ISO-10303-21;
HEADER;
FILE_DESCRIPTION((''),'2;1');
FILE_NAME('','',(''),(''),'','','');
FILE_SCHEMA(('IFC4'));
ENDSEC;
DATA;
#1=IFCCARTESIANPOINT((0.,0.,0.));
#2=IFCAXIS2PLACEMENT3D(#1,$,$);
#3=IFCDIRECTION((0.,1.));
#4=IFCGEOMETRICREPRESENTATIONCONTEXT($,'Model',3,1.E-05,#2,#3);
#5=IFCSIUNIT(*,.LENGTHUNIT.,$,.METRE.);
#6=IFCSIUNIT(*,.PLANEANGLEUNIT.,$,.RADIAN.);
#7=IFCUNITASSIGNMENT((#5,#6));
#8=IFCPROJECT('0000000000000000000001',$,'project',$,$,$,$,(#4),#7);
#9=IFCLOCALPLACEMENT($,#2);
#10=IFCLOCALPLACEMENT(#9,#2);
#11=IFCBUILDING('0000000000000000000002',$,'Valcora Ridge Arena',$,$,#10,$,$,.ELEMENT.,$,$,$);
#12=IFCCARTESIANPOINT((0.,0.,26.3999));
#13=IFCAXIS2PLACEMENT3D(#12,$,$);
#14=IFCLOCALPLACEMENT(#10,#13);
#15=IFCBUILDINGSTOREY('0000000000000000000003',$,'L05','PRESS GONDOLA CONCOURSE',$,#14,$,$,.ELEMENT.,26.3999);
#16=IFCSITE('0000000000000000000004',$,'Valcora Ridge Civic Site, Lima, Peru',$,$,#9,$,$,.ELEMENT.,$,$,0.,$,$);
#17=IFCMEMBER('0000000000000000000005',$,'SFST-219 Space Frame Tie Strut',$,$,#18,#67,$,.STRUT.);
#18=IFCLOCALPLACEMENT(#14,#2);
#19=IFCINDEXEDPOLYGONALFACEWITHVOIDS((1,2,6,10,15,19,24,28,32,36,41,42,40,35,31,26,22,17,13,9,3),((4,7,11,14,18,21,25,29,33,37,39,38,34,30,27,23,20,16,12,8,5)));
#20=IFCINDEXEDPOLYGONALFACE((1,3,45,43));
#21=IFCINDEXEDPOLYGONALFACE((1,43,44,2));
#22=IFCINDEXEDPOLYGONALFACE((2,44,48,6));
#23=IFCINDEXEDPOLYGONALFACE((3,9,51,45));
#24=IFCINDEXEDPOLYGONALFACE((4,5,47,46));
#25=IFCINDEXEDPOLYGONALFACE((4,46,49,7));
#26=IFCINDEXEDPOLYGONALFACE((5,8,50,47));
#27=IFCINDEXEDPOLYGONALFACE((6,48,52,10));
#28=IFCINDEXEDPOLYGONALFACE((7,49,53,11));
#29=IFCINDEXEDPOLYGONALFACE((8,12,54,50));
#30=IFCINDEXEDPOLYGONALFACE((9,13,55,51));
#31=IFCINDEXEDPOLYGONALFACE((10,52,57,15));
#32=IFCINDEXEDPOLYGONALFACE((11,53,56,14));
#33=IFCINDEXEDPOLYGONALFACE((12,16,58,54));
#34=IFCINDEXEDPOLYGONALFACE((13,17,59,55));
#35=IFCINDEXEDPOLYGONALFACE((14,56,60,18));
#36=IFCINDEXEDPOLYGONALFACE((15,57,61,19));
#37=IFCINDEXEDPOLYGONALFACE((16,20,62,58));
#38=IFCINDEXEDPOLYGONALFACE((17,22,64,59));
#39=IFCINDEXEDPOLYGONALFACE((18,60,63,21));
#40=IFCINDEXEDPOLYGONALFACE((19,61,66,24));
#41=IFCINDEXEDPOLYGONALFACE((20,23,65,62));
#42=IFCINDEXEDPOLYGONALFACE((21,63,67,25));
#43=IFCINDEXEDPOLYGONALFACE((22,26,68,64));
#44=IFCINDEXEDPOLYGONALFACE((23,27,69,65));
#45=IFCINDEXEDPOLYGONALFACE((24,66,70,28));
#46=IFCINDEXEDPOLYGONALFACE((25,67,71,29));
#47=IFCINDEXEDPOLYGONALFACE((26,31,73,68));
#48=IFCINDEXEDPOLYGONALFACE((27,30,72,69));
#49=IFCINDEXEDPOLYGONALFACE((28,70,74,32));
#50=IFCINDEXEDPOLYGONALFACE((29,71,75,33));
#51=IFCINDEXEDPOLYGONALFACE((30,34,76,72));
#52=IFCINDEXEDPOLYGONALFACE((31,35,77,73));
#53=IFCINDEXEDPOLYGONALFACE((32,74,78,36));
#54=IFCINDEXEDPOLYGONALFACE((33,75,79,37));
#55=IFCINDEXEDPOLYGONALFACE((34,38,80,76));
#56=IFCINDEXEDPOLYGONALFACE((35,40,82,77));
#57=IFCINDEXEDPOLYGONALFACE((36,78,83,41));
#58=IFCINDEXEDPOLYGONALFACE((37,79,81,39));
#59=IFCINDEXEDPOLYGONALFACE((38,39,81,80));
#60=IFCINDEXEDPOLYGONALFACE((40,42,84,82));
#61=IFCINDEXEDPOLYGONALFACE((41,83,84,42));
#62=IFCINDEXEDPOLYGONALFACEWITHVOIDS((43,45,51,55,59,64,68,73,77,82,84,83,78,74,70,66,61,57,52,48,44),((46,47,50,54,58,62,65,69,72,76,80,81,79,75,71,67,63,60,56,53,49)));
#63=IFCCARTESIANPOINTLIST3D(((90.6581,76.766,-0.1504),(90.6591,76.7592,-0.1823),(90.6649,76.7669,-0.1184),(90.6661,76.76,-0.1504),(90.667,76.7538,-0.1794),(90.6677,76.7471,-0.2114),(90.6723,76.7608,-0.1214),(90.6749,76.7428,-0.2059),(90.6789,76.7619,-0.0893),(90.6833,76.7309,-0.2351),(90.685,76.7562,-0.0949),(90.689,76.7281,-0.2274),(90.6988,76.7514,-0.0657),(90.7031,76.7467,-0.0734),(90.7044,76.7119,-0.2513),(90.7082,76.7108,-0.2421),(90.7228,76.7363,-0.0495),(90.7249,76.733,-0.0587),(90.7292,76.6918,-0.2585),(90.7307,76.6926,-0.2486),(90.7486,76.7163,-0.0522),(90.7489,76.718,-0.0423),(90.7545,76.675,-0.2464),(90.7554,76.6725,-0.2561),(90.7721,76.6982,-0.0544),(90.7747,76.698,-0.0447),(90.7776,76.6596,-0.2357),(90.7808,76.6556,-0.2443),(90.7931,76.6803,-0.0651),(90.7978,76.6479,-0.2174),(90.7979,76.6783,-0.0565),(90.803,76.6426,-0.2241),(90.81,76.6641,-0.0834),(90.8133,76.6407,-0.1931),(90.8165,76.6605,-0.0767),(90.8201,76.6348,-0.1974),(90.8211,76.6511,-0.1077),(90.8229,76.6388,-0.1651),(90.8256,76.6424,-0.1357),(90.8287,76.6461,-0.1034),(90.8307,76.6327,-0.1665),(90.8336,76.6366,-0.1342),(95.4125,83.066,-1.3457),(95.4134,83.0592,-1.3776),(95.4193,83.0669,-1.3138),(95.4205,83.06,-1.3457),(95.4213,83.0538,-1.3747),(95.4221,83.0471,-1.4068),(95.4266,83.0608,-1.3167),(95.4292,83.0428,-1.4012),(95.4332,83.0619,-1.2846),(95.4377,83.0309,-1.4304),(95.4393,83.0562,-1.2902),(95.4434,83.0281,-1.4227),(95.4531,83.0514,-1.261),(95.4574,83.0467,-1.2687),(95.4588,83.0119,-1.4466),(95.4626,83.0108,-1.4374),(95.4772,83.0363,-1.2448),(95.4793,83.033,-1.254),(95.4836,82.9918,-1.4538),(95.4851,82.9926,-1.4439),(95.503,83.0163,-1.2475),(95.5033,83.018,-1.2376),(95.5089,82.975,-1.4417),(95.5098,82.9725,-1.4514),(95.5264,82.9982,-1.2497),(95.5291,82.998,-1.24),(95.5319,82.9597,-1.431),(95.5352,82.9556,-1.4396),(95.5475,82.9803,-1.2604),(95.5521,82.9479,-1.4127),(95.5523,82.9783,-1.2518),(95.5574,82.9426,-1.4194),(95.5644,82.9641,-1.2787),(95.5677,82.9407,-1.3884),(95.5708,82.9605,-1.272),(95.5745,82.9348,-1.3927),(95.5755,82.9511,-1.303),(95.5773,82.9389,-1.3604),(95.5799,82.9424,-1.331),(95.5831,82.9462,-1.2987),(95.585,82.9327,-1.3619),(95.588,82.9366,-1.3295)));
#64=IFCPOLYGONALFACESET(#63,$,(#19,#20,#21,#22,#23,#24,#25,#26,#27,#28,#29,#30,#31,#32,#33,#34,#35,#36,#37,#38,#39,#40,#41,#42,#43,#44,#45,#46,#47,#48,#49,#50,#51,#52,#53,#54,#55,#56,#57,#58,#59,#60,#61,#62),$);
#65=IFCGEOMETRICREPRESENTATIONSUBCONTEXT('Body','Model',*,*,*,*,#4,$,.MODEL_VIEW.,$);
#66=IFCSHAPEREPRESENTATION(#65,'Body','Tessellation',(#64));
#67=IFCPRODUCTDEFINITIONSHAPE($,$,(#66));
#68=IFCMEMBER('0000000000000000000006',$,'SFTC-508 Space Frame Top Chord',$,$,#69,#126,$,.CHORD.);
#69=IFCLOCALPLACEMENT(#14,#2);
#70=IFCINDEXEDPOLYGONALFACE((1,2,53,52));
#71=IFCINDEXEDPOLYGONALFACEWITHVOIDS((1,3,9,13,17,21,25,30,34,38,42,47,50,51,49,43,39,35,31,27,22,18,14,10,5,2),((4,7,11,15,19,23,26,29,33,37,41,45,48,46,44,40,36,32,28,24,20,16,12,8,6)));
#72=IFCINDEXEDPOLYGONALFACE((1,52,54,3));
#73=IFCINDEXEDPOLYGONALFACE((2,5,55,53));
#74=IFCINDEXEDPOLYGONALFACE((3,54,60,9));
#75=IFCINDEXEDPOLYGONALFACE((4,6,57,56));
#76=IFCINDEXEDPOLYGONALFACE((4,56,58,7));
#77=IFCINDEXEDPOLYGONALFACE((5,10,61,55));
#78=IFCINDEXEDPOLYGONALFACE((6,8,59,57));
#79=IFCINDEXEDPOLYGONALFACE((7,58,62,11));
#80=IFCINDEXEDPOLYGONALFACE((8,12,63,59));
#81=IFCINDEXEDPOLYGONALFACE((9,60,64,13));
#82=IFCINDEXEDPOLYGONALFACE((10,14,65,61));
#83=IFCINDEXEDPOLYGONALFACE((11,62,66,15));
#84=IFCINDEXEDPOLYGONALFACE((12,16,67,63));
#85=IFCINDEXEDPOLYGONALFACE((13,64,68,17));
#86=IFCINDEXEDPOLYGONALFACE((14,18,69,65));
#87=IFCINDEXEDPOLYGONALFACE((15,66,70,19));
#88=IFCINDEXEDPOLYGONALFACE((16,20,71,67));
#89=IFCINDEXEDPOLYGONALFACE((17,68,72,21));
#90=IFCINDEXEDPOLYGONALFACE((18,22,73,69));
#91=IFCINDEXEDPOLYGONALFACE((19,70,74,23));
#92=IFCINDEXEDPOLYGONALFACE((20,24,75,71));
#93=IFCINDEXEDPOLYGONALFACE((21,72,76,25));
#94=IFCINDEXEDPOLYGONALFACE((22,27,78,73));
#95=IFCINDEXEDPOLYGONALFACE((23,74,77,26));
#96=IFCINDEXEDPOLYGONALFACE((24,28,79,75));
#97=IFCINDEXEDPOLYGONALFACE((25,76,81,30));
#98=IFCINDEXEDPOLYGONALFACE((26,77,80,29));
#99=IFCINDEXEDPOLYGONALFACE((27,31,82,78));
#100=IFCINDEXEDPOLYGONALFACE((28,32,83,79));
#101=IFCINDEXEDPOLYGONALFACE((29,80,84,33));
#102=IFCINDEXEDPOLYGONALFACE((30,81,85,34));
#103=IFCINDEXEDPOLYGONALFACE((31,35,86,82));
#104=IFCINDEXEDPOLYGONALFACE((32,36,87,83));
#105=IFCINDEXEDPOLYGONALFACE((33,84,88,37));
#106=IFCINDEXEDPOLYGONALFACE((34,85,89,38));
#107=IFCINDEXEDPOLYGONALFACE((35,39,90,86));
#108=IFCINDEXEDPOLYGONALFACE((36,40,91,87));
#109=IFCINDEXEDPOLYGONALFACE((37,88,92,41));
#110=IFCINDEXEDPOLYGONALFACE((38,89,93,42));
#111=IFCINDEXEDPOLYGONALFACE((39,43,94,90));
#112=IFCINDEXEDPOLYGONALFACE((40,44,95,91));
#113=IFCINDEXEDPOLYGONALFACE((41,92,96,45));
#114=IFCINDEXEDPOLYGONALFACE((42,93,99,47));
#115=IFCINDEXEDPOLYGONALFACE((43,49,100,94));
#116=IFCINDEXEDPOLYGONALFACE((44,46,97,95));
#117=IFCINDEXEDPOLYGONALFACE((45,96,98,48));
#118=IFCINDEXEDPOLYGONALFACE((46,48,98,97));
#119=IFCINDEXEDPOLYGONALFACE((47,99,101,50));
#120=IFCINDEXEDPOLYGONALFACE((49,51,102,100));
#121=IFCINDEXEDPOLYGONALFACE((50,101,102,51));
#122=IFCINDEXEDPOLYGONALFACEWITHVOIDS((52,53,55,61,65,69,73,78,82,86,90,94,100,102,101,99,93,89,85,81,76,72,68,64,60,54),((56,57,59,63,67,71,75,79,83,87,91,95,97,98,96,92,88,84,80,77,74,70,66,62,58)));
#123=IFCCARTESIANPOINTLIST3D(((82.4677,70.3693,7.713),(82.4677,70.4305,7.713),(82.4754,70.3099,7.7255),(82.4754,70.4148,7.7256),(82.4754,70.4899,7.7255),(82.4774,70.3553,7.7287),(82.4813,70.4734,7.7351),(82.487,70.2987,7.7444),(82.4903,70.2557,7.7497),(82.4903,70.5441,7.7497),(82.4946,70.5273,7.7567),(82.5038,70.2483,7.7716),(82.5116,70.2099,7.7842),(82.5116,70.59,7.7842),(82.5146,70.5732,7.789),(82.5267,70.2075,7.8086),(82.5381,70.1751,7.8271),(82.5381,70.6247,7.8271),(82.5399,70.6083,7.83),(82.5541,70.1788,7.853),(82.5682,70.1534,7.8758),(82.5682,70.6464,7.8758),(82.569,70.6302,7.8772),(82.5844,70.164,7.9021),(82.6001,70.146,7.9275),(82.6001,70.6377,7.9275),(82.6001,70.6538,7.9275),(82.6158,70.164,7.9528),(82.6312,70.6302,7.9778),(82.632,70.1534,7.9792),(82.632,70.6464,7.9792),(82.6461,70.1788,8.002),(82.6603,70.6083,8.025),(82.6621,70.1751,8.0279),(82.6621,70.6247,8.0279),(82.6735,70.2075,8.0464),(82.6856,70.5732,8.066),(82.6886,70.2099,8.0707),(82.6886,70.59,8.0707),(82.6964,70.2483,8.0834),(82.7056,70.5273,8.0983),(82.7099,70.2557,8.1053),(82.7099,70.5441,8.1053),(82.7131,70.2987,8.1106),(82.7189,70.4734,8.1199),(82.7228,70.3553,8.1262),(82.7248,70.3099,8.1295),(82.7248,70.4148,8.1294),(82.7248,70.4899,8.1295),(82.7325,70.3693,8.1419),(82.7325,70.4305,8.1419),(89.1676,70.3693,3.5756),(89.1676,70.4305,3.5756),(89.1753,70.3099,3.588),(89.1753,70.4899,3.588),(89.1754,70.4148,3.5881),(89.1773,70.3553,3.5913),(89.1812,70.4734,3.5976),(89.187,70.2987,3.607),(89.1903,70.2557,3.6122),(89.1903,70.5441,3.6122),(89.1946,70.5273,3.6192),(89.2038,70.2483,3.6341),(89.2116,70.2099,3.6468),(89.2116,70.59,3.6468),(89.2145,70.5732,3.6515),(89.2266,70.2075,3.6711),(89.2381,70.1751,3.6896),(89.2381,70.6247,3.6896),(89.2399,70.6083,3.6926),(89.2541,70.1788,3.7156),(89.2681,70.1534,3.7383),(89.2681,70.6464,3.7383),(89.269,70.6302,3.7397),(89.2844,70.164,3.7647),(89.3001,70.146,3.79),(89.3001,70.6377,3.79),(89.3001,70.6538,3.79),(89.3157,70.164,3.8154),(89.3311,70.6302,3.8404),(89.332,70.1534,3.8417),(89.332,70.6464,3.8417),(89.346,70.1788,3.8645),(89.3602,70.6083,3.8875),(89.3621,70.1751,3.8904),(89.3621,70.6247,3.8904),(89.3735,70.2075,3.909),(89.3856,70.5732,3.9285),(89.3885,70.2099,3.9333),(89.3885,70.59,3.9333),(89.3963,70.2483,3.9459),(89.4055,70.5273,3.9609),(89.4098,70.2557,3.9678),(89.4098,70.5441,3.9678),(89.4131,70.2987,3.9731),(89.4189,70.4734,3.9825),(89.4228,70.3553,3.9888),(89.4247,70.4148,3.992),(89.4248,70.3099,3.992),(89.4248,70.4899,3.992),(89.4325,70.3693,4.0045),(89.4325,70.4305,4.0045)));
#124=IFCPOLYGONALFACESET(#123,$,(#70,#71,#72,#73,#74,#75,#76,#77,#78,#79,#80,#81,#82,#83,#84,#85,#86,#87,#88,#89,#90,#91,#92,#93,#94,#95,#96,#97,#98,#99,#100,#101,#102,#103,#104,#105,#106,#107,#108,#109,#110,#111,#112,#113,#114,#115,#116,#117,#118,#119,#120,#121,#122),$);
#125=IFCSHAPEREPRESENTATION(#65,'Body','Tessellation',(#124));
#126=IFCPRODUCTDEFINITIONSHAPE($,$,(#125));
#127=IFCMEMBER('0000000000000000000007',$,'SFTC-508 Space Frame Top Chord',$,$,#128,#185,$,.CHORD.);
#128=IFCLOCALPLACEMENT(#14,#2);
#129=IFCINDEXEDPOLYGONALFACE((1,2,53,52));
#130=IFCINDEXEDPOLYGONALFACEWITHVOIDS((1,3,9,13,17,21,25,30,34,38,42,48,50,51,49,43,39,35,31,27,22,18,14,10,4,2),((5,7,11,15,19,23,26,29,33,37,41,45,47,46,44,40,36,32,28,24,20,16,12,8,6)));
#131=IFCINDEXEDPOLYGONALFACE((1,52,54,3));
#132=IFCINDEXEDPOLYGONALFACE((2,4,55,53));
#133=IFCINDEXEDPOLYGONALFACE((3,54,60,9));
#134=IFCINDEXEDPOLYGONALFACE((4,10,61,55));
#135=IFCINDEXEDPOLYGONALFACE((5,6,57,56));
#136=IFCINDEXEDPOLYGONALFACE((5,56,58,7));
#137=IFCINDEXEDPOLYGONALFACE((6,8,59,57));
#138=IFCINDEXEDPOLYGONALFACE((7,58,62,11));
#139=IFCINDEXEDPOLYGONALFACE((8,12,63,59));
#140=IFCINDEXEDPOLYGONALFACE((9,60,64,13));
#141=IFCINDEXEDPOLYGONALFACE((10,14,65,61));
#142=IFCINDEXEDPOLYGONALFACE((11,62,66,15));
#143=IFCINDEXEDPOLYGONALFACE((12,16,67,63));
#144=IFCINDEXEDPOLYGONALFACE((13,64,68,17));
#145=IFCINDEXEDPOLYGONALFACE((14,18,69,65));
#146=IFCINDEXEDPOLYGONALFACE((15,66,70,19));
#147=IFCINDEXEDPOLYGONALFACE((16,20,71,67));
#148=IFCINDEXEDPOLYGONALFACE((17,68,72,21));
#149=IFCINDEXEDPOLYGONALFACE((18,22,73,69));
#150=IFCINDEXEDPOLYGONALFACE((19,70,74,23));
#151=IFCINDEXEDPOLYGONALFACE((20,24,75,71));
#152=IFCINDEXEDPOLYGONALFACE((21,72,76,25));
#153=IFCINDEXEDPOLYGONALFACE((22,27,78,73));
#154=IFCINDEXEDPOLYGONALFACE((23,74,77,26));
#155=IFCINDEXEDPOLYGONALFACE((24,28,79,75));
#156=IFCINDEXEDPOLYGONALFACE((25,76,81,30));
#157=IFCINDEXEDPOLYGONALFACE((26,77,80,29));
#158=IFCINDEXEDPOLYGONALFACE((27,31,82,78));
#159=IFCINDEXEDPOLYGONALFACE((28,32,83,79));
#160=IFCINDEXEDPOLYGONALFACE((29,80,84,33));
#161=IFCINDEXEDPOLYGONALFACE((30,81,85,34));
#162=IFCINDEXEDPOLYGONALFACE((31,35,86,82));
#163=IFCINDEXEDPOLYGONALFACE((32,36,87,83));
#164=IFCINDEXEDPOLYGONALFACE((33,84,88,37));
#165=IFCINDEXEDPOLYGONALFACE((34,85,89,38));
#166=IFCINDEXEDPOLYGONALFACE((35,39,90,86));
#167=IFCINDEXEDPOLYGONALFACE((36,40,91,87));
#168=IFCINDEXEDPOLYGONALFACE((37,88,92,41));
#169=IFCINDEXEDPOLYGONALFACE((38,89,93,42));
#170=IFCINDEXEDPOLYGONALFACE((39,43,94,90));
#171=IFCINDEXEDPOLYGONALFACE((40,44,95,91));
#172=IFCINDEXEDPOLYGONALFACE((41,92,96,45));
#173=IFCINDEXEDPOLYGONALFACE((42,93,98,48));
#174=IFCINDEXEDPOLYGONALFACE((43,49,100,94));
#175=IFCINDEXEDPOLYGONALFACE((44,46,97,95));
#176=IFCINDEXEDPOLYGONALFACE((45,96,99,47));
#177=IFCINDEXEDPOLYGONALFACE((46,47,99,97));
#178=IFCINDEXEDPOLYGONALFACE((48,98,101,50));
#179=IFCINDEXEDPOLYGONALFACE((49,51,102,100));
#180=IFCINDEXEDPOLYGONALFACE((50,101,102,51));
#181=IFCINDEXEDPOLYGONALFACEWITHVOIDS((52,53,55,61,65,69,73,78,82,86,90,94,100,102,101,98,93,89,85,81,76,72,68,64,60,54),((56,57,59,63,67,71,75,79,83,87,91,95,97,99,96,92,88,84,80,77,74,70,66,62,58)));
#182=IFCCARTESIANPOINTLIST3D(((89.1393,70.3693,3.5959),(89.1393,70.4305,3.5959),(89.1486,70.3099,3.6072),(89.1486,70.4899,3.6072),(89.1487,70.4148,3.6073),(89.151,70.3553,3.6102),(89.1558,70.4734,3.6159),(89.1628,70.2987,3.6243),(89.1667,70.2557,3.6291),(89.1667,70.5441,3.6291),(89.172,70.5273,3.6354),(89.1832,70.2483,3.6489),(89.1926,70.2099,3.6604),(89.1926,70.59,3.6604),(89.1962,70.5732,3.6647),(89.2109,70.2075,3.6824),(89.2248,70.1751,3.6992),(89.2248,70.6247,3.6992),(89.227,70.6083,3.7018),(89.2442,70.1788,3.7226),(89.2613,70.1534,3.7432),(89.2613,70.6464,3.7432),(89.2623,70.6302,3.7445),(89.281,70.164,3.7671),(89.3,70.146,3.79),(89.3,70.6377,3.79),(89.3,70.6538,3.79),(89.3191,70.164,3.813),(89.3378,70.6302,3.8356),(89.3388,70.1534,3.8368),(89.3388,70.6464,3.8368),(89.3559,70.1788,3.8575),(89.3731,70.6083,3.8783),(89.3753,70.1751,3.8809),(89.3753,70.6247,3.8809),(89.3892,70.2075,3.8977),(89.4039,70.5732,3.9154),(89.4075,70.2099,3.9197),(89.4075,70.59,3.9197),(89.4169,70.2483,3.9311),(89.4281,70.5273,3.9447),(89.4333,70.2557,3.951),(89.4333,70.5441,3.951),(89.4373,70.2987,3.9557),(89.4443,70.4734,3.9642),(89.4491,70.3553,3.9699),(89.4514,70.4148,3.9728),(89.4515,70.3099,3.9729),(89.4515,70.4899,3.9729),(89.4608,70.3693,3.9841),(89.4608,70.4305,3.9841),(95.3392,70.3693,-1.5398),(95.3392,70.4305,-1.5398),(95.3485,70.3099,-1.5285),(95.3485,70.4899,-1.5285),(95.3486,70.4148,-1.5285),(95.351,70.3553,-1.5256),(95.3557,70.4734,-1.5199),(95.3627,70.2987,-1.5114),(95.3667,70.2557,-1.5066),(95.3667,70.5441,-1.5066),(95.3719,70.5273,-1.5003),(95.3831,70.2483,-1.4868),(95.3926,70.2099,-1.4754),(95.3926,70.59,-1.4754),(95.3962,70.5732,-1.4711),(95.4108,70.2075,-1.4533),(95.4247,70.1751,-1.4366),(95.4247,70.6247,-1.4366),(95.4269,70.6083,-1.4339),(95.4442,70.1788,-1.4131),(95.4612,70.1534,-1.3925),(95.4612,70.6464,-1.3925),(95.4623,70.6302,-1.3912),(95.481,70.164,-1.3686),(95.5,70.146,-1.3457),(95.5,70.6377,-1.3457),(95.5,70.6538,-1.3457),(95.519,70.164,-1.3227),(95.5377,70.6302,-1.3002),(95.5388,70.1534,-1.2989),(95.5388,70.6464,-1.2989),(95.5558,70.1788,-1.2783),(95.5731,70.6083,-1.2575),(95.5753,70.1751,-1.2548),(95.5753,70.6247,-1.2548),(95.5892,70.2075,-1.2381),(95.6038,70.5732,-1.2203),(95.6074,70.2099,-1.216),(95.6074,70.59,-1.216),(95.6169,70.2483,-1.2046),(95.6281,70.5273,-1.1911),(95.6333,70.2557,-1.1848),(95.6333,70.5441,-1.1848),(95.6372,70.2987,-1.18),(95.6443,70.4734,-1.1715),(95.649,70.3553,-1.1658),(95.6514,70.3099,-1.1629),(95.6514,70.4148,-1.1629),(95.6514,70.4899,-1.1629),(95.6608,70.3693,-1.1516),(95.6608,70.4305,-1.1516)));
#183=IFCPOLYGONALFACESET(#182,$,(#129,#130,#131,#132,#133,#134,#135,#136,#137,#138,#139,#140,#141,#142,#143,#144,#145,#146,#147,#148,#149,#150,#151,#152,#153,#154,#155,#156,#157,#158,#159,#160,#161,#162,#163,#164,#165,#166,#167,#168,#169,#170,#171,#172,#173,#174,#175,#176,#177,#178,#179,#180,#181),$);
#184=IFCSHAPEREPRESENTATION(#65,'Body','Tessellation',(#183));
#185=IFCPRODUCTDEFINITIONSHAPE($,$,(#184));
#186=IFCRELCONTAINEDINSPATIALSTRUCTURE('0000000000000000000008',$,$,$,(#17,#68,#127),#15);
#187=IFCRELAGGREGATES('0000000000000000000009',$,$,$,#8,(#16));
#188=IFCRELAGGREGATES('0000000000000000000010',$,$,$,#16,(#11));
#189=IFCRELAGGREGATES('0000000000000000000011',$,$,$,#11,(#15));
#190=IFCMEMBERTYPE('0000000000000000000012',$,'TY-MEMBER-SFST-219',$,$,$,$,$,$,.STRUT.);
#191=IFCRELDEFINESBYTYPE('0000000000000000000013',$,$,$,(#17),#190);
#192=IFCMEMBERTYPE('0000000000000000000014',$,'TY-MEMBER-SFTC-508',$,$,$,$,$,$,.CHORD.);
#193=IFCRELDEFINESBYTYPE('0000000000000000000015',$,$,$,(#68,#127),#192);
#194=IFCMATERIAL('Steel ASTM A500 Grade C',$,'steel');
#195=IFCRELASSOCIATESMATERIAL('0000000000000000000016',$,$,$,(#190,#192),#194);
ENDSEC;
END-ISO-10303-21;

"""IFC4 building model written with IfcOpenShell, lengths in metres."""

from ifc_helpers import new_model, si_unit, direction, frame, origin, origin_2d, place, context, subcontext, project, spatial, hollow_circle, extrude, material, material_profile, profile_set, type_object, element, save


model = new_model("IFC4")

# Units and contexts
model_context = context("Model", 3, precision=1e-05, world=origin(), true_north=direction((0.0, 1.0)))
body_context = subcontext(model_context, "Body", "Model", "MODEL_VIEW")
ifc_project = project(units=[si_unit("LENGTHUNIT", "METRE"), si_unit("PLANEANGLEUNIT", "RADIAN")], contexts=[model_context])

# Site, building, storey
site_placement = place(None, origin())
site = spatial("IfcSite", under=ifc_project, at=site_placement, Name="Valcora Ridge Civic Site, Lima, Peru", CompositionType="ELEMENT", RefElevation=0.0)
building_placement = place(site_placement, origin())
building = spatial("IfcBuilding", under=site, at=building_placement, Name="Valcora Ridge Arena", CompositionType="ELEMENT")
storey_placement = place(building_placement, frame((0.0, 0.0, 26.3999)))
storey = spatial("IfcBuildingStorey", under=building, at=storey_placement, Name="L05", Description="PRESS GONDOLA CONCOURSE", CompositionType="ELEMENT", Elevation=26.3999)

# Members
ifc_material_1 = material(Name="Steel ASTM A500 Grade C", Category="steel")
ifc_material_profile_1 = material_profile(ifc_material_1, hollow_circle(Radius=0.1096, WallThickness=0.01, at=origin_2d()), Name="CHS219X10")
ifc_profile_set_1 = profile_set([ifc_material_profile_1], Name="Steel ASTM A500 Grade C")
member_type_1 = type_object("IfcMemberType", Name="TY-MEMBER-SFST-219", PredefinedType="STRUT", material=ifc_profile_set_1)
member_1_placement = place(storey_placement, frame((90.7456, 76.7, -0.1504), z_axis=(0.595587, 0.789212, -0.149738), x_axis=(-0.798211, 0.602378, 0.0)))
element("IfcMember", 1, at=member_1_placement, inside=storey, type_object=member_type_1, Name="SFST-219 Space Frame Tie Strut", PredefinedType="STRUT", context=body_context, shape_type="SweptSolid", body=[
    extrude(hollow_circle(Radius=0.1096, WallThickness=0.01, at=origin_2d()), origin(), (0.0, 0.0, 1.0), 7.9827),
])
ifc_material_profile_2 = material_profile(ifc_material_1, hollow_circle(Radius=0.2539, WallThickness=0.0161, at=origin_2d()), Name="CHS508X16")
ifc_profile_set_2 = profile_set([ifc_material_profile_2], Name="Steel ASTM A500 Grade C")
member_type_2 = type_object("IfcMemberType", Name="TY-MEMBER-SFTC-508", PredefinedType="CHORD", material=ifc_profile_set_2)
member_2_placement = place(storey_placement, frame((82.6001, 70.3999, 7.9275), z_axis=(0.850841, 0.0, -0.525424), x_axis=(0.0, 1.0, 0.0)))
element("IfcMember", 2, at=member_2_placement, inside=storey, type_object=member_type_2, Name="SFTC-508 Space Frame Top Chord", PredefinedType="CHORD", context=body_context, shape_type="SweptSolid", body=[
    extrude(hollow_circle(Radius=0.2539, WallThickness=0.0161, at=origin_2d()), origin(), (0.0, 0.0, 1.0), 7.8745),
])
member_3_placement = place(storey_placement, frame((89.3, 70.3999, 3.79), z_axis=(0.770105, 0.0, -0.637918), x_axis=(0.0, 1.0, 0.0)))
element("IfcMember", 3, at=member_3_placement, inside=storey, type_object=member_type_2, Name="SFTC-508 Space Frame Top Chord", PredefinedType="CHORD", context=body_context, shape_type="SweptSolid", body=[
    extrude(hollow_circle(Radius=0.2539, WallThickness=0.0161, at=origin_2d()), origin(), (0.0, 0.0, 1.0), 8.0508),
])

save(model, "model.ifc")
